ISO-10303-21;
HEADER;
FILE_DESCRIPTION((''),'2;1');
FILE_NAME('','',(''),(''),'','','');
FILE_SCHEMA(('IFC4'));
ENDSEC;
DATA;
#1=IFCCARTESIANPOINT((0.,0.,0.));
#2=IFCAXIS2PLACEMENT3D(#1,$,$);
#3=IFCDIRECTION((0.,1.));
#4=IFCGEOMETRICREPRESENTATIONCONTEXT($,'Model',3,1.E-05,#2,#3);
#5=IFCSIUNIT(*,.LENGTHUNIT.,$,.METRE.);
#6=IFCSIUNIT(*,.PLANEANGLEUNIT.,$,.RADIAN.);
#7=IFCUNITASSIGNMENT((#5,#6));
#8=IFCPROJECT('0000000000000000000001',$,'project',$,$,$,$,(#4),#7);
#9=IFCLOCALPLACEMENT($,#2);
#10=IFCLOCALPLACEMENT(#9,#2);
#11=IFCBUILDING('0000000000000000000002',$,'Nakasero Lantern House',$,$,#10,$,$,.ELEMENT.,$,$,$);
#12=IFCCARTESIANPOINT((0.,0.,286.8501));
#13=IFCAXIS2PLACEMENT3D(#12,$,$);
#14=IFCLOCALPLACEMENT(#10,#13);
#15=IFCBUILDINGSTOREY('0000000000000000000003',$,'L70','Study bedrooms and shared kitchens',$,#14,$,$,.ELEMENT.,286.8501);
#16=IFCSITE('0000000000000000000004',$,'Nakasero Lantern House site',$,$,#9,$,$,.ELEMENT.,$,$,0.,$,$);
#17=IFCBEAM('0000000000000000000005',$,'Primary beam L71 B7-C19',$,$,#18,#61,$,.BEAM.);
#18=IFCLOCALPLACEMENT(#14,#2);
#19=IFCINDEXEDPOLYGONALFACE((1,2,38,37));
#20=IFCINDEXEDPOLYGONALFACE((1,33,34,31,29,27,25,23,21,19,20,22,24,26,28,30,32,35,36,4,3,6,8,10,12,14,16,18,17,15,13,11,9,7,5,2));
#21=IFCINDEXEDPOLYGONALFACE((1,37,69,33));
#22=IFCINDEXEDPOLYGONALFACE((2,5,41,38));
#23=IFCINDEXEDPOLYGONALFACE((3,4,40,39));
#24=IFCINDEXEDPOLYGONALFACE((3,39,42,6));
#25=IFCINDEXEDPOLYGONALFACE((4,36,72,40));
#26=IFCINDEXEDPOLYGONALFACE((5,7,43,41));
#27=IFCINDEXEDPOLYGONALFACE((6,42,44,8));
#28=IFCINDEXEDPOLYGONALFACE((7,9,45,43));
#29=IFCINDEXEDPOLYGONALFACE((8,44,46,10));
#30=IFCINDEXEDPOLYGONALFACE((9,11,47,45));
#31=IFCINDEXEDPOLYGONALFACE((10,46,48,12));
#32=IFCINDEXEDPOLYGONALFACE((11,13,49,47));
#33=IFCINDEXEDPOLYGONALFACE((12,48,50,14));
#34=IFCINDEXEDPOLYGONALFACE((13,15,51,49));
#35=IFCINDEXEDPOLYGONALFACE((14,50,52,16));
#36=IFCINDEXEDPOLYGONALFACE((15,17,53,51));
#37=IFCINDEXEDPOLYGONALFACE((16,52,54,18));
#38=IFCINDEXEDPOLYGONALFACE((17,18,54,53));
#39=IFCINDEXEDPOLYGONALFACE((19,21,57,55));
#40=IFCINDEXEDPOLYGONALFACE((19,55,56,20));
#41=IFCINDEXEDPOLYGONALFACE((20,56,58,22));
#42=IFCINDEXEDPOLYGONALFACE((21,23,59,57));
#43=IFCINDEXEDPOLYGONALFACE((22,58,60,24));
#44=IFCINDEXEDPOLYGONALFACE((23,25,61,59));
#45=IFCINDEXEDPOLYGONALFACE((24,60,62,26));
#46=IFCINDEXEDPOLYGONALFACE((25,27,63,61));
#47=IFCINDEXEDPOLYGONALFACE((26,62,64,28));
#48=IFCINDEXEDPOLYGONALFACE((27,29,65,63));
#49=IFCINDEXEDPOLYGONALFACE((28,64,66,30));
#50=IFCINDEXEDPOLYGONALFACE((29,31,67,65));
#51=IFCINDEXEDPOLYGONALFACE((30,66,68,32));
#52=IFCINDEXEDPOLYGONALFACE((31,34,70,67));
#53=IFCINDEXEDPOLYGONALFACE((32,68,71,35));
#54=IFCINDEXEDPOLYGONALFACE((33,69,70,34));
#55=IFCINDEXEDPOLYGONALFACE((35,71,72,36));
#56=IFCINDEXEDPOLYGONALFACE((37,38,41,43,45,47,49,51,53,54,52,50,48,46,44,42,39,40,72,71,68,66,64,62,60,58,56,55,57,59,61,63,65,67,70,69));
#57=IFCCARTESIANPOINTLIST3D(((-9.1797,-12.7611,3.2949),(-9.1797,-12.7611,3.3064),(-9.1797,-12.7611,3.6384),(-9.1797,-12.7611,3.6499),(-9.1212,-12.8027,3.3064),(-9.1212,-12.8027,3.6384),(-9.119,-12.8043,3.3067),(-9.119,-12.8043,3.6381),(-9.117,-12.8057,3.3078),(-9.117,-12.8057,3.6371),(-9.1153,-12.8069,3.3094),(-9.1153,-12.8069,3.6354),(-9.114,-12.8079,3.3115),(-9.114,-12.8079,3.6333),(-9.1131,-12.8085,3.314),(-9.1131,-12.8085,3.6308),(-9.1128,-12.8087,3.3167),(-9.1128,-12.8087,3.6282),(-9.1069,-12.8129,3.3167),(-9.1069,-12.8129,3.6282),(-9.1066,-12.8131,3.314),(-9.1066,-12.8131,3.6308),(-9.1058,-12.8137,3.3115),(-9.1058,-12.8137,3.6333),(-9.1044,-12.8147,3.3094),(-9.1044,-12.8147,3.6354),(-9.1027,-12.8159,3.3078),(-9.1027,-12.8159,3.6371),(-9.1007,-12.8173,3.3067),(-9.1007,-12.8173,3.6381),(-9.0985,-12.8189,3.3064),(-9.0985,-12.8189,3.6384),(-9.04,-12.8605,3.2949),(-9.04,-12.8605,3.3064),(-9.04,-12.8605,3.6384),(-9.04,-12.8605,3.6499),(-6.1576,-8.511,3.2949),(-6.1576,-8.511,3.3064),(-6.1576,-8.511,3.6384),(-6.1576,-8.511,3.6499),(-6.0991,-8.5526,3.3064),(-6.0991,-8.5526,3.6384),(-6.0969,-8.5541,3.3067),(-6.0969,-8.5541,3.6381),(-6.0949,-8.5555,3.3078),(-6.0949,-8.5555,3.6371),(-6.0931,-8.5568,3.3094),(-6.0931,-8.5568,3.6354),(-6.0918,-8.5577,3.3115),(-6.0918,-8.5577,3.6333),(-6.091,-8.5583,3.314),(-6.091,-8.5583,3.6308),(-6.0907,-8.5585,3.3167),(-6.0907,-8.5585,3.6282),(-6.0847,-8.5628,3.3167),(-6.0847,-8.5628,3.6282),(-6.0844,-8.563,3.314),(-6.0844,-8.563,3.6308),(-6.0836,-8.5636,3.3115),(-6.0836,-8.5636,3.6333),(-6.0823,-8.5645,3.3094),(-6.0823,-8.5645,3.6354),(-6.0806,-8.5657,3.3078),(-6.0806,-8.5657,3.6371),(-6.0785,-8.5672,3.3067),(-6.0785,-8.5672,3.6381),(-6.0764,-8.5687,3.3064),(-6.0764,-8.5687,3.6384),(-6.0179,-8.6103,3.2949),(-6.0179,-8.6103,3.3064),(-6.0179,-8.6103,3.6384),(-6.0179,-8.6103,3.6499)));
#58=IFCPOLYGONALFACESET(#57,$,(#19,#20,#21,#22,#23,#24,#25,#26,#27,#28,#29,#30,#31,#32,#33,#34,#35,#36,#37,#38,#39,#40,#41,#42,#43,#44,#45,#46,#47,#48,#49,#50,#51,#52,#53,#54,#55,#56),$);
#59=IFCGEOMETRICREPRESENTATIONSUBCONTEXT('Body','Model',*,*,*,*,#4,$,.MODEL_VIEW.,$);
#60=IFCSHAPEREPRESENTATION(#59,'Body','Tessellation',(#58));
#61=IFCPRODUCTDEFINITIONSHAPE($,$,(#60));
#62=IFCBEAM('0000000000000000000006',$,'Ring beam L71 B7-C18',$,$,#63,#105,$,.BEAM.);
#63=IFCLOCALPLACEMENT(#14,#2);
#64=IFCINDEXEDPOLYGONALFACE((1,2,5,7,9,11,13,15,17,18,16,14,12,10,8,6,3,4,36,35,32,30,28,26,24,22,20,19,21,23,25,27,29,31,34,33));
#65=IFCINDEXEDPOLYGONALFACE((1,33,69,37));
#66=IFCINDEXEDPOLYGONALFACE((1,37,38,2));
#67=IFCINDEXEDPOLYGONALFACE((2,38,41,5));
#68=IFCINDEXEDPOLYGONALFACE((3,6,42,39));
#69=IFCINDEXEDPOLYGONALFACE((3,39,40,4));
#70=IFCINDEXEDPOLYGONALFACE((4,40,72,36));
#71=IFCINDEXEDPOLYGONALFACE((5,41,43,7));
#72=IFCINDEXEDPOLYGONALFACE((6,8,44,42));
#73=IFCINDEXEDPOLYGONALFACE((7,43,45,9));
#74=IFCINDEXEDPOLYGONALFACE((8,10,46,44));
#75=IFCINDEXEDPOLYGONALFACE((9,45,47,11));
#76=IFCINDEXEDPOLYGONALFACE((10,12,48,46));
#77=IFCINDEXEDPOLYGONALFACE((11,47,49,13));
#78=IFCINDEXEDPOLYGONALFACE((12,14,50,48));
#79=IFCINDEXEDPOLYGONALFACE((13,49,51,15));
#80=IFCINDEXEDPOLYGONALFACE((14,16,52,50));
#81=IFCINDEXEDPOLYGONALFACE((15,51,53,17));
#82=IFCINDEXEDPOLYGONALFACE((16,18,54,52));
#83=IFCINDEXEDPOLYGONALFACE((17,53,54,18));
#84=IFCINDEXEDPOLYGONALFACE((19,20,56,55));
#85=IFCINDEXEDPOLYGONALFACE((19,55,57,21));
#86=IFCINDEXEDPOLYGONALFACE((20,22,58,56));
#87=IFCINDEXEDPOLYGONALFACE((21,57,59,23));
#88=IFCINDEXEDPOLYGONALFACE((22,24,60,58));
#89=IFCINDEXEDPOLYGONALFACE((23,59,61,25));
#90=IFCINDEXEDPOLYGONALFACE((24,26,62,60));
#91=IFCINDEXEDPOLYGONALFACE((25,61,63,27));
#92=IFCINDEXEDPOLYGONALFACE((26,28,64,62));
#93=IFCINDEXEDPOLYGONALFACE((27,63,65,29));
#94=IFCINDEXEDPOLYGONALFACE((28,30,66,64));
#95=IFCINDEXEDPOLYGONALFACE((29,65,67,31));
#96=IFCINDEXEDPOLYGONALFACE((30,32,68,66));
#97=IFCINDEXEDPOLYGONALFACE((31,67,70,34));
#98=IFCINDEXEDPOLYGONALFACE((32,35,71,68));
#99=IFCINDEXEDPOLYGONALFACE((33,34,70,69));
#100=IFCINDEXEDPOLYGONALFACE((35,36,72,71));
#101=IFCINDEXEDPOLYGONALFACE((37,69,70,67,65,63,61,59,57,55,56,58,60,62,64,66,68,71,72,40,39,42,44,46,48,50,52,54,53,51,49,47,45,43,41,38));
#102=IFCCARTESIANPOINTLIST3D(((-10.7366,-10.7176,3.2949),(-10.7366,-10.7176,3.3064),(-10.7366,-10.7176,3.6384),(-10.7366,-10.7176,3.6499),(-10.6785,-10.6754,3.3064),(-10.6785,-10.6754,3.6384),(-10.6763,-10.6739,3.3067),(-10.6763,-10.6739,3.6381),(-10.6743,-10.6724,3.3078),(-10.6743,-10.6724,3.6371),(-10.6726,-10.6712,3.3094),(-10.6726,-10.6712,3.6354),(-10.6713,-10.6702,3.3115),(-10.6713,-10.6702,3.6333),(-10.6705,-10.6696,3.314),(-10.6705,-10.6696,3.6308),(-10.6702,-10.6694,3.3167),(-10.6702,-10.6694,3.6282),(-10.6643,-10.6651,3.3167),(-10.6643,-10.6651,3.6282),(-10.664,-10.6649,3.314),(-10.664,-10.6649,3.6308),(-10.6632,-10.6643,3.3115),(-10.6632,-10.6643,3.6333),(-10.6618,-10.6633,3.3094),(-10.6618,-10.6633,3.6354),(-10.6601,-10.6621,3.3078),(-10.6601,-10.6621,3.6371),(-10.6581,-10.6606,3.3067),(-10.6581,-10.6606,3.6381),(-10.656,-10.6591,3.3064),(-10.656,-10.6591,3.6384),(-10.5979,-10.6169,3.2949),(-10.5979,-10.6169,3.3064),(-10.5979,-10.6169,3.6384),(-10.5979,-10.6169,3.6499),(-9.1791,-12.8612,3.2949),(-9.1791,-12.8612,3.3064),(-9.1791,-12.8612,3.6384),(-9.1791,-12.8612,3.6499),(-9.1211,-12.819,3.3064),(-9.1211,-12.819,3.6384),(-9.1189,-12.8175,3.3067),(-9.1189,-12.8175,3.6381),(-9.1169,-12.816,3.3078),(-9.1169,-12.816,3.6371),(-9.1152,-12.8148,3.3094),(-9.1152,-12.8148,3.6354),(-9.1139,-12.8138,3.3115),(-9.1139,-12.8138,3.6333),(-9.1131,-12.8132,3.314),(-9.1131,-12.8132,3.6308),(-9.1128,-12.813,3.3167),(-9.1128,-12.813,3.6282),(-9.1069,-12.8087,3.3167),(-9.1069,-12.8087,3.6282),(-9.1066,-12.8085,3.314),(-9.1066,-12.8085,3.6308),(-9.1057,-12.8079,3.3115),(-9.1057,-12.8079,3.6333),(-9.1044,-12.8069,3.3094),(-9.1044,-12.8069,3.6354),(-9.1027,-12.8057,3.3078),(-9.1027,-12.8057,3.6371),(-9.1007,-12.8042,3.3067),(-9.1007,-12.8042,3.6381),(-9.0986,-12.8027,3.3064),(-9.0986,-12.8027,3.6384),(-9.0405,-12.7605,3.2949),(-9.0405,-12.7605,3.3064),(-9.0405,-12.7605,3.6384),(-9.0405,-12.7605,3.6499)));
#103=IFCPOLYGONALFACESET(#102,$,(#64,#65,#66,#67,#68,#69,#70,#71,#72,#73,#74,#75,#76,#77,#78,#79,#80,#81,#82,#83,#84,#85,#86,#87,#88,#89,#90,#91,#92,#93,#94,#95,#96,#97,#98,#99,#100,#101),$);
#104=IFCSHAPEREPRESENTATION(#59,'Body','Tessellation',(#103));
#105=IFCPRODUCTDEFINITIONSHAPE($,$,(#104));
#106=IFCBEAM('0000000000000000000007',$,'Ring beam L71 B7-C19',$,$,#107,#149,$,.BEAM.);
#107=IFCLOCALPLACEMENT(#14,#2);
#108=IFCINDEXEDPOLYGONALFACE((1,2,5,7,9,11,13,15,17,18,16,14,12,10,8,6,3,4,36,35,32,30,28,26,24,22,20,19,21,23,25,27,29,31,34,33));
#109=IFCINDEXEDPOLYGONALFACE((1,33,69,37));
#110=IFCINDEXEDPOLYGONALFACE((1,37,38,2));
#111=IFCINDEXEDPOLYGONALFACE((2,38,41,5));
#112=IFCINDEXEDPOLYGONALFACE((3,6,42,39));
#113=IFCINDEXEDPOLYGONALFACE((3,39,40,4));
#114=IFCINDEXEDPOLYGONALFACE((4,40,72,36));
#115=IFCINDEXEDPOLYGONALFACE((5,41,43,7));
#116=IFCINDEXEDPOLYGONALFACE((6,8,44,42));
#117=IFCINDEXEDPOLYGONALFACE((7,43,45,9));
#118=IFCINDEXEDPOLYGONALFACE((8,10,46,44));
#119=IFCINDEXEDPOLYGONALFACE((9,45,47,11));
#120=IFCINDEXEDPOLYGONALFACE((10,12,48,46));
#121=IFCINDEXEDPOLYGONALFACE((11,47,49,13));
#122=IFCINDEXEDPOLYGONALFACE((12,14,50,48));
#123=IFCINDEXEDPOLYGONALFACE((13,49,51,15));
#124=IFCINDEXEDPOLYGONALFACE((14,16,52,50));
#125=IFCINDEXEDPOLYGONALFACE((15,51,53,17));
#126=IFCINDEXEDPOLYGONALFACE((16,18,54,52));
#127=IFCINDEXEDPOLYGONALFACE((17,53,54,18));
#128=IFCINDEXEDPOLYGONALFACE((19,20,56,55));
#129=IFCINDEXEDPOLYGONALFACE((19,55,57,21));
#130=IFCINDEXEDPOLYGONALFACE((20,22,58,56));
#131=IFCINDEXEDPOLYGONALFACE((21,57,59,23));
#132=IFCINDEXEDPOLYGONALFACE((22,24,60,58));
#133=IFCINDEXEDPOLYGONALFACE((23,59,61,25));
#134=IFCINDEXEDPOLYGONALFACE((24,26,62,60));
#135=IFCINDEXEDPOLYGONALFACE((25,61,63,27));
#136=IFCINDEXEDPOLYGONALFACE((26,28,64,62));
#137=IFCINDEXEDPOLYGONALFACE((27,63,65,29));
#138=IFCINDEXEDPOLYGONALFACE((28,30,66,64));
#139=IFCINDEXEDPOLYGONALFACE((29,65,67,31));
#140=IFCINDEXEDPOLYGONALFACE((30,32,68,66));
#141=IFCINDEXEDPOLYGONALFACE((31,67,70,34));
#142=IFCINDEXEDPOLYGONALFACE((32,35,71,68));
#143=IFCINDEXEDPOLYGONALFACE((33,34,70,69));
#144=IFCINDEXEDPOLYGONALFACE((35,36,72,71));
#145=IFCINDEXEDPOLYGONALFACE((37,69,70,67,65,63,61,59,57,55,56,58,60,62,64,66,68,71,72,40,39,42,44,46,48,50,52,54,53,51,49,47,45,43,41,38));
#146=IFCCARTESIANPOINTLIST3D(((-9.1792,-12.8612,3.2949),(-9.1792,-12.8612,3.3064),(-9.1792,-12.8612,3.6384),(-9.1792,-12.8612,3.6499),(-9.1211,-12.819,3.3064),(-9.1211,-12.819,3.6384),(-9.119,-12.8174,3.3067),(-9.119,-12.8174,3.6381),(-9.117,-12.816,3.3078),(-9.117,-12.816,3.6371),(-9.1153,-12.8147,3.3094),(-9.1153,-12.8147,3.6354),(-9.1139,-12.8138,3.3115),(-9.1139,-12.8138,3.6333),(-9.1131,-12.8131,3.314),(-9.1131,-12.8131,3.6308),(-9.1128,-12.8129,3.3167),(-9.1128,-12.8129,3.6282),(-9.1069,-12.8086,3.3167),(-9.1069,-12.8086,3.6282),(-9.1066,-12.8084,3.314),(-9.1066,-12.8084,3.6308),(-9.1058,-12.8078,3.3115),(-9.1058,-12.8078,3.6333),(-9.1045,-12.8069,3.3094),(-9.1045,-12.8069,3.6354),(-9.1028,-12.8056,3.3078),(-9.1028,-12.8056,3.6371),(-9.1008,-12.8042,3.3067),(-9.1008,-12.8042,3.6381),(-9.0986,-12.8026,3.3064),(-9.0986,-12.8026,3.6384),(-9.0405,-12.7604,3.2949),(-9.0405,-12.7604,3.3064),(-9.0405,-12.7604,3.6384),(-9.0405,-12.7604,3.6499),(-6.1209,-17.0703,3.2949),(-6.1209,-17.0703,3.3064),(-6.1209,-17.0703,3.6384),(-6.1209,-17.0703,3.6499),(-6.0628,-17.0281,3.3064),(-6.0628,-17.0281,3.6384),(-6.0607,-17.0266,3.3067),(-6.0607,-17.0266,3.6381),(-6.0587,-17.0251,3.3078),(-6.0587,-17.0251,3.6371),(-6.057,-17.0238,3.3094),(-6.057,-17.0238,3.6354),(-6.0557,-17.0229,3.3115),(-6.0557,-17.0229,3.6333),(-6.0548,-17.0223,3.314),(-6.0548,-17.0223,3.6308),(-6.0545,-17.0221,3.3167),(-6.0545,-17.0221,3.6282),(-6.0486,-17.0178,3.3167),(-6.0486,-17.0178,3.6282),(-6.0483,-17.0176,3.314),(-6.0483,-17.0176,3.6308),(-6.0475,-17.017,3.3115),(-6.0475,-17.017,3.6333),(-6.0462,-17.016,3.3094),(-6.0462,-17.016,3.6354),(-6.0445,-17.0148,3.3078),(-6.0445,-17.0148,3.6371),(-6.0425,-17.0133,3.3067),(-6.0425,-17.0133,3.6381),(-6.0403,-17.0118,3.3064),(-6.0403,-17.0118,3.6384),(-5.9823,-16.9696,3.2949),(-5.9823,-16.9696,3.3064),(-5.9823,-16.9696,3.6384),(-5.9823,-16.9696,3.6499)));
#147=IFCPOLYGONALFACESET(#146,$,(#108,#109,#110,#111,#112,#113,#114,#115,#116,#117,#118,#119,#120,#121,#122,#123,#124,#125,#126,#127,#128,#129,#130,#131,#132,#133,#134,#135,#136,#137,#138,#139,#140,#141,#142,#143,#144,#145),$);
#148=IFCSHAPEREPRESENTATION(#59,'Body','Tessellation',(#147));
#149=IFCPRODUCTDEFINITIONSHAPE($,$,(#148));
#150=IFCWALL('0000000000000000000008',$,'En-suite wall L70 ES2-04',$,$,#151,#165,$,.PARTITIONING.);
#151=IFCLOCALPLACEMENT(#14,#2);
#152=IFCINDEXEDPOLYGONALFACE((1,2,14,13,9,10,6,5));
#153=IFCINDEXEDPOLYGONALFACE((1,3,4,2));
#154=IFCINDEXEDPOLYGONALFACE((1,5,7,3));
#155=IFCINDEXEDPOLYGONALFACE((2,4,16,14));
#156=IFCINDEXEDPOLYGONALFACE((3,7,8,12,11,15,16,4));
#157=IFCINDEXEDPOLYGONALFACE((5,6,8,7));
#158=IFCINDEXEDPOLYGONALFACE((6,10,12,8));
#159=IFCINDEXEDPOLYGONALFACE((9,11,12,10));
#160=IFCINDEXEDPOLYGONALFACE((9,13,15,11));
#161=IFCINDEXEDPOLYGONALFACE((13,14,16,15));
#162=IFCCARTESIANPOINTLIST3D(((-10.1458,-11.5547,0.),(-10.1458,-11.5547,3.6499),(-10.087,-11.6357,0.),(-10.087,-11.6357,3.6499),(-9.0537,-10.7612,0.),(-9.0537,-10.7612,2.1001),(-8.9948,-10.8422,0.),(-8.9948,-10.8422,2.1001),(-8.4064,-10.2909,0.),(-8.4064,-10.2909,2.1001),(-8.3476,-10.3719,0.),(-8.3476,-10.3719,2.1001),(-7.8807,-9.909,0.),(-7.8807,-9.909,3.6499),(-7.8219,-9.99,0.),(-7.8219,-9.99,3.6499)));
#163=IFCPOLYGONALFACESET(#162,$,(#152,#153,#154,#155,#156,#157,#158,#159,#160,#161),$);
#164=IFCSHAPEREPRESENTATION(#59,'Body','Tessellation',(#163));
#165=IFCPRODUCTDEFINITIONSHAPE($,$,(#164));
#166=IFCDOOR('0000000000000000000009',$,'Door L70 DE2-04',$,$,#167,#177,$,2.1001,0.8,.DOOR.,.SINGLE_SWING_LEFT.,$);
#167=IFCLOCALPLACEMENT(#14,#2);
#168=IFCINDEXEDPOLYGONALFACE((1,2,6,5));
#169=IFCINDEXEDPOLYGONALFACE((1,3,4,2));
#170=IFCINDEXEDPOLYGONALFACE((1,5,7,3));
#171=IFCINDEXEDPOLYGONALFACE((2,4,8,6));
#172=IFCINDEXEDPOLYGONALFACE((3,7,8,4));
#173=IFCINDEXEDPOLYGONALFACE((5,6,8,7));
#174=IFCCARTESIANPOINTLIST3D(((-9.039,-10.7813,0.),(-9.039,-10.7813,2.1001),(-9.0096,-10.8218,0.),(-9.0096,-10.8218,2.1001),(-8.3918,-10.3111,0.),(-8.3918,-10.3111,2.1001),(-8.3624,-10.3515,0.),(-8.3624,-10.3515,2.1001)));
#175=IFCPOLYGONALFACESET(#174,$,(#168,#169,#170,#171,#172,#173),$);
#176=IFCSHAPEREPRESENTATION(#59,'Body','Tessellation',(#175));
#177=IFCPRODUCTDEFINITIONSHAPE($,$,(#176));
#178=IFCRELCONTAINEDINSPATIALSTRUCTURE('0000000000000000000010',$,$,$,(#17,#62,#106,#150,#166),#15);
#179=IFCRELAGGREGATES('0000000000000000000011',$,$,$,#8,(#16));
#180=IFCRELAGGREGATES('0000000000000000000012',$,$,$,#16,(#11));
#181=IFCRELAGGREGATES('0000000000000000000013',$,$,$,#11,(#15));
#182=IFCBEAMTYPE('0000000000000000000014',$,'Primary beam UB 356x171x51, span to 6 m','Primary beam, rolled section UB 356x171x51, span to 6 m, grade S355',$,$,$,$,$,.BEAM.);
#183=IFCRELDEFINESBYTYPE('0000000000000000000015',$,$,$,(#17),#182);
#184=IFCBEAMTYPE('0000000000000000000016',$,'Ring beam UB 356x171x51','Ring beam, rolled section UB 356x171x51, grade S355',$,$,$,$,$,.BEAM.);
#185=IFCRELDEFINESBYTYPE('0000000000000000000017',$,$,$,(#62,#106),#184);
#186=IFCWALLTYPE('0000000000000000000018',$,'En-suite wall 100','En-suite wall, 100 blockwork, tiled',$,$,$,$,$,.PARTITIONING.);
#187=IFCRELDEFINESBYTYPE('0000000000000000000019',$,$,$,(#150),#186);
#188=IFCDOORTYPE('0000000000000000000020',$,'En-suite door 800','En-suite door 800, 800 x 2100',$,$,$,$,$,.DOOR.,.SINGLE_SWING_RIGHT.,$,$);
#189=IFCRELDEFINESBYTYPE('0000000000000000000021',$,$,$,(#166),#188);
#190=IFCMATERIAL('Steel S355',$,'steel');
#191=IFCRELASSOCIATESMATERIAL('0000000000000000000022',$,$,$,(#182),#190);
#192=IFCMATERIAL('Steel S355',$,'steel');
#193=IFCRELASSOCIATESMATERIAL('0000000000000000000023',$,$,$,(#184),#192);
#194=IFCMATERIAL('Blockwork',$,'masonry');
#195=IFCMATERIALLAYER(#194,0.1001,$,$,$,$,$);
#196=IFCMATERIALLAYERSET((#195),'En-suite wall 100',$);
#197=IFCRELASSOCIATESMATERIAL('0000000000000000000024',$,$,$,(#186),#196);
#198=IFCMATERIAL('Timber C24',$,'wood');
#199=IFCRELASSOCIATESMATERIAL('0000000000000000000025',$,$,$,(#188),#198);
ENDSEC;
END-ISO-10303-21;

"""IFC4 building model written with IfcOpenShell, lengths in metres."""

from ifc_helpers import new_model, si_unit, direction, frame, frame_2d, origin, origin_2d, place, context, subcontext, project, spatial, rectangle, i_section, extrude, material, layer, layer_set, material_profile, profile_set, type_object, element, fill, save


model = new_model("IFC4")

# Units and contexts
model_context = context("Model", 3, precision=1e-05, world=origin(), true_north=direction((0.0, 1.0)))
body_context = subcontext(model_context, "Body", "Model", "MODEL_VIEW")
ifc_project = project(units=[si_unit("LENGTHUNIT", "METRE"), si_unit("PLANEANGLEUNIT", "RADIAN")], contexts=[model_context])

# Site, building, storey
site_placement = place(None, origin())
site = spatial("IfcSite", under=ifc_project, at=site_placement, Name="Nakasero Lantern House site", CompositionType="ELEMENT", RefElevation=0.0)
building_placement = place(site_placement, origin())
building = spatial("IfcBuilding", under=site, at=building_placement, Name="Nakasero Lantern House", CompositionType="ELEMENT")
storey_placement = place(building_placement, frame((0.0, 0.0, 286.8501)))
storey = spatial("IfcBuildingStorey", under=building, at=storey_placement, Name="L70", Description="Study bedrooms and shared kitchens", CompositionType="ELEMENT", Elevation=286.8501)

# Beams
ifc_material_1 = material(Name="Steel S355", Category="steel")
ifc_material_profile_1 = material_profile(ifc_material_1, i_section(OverallWidth=0.1714, OverallDepth=0.355, WebThickness=0.0073, FlangeThickness=0.0115, FilletRadius=0.0103, at=origin_2d()), Name="UB 356x171x51")
ifc_profile_set_1 = profile_set([ifc_material_profile_1], Name="Steel S355")
beam_type_1 = type_object("IfcBeamType", Name="Primary beam UB 356x171x51, span to 6 m", Description="Primary beam, rolled section UB 356x171x51, span to 6 m, grade S355", PredefinedType="BEAM", material=ifc_profile_set_1)
beam_1_placement = place(storey_placement, frame((-9.1099, -12.8108, 3.4724), z_axis=(0.579501, 0.814972, 0.0), x_axis=(-0.814972, 0.579501, 0.0)))
element("IfcBeam", 1, at=beam_1_placement, inside=storey, type_object=beam_type_1, Name="Primary beam L71 B7-C19", PredefinedType="BEAM", context=body_context, shape_type="SweptSolid", body=[
    extrude(i_section(OverallWidth=0.1714, OverallDepth=0.355, WebThickness=0.0073, FlangeThickness=0.0115, FilletRadius=0.0103, at=origin_2d()), origin(), (0.0, 0.0, 1.0), 5.2151),
])
ifc_material_2 = material(Name="Steel S355", Category="steel")
ifc_material_profile_2 = material_profile(ifc_material_2, i_section(OverallWidth=0.1714, OverallDepth=0.355, WebThickness=0.0073, FlangeThickness=0.0115, FilletRadius=0.0103, at=origin_2d()), Name="UB 356x171x51")
ifc_profile_set_2 = profile_set([ifc_material_profile_2], Name="Steel S355")
beam_type_2 = type_object("IfcBeamType", Name="Ring beam UB 356x171x51", Description="Ring beam, rolled section UB 356x171x51, grade S355", PredefinedType="BEAM", material=ifc_profile_set_2)
beam_2_placement = place(storey_placement, frame((-10.6672, -10.6672, 3.4724), z_axis=(0.587783, -0.809019, 0.0), x_axis=(0.809019, 0.587783, 0.0)))
element("IfcBeam", 2, at=beam_2_placement, inside=storey, type_object=beam_type_2, Name="Ring beam L71 B7-C18", PredefinedType="BEAM", context=body_context, shape_type="SweptSolid", body=[
    extrude(i_section(OverallWidth=0.1714, OverallDepth=0.355, WebThickness=0.0073, FlangeThickness=0.0115, FilletRadius=0.0103, at=origin_2d()), origin(), (0.0, 0.0, 1.0), 2.6497),
])
beam_3_placement = place(storey_placement, frame((-9.1099, -12.8108, 3.4724), z_axis=(0.587806, -0.809002, 0.0), x_axis=(0.809002, 0.587806, 0.0)))
element("IfcBeam", 3, at=beam_3_placement, inside=storey, type_object=beam_type_2, Name="Ring beam L71 B7-C19", PredefinedType="BEAM", context=body_context, shape_type="SweptSolid", body=[
    extrude(i_section(OverallWidth=0.1714, OverallDepth=0.355, WebThickness=0.0073, FlangeThickness=0.0115, FilletRadius=0.0103, at=origin_2d()), origin(), (0.0, 0.0, 1.0), 5.2029),
])

# Wall, opening, door
ifc_material_3 = material(Name="Blockwork", Category="masonry")
ifc_layer_1 = layer(ifc_material_3, 0.1001)
ifc_layer_set_1 = layer_set([ifc_layer_1], Name="En-suite wall 100")
wall_type_1 = type_object("IfcWallType", Name="En-suite wall 100", Description="En-suite wall, 100 blockwork, tiled", PredefinedType="PARTITIONING", material=ifc_layer_set_1)
wall_1_placement = place(storey_placement, frame((-7.8513, -9.9495, 0.0), z_axis=(0.0, 0.0, 1.0), x_axis=(-0.809011, -0.587793, 0.0)))
wall_1 = element("IfcWall", 4, at=wall_1_placement, inside=storey, type_object=wall_type_1, Name="En-suite wall L70 ES2-04", PredefinedType="PARTITIONING", context=body_context, shape_type="SweptSolid", body=[
    extrude(rectangle(XDim=2.7998, YDim=0.1001, at=frame_2d((1.3999, 0.0))), origin(), (0.0, 0.0, 1.0), 3.6499),
])
opening_placement = place(wall_1_placement, frame((0.6499, 0.0, 0.0)))
opening = element("IfcOpeningElement", 5, at=opening_placement, cuts=wall_1, PredefinedType="OPENING", context=body_context, shape_type="SweptSolid", body=[
    extrude(rectangle(XDim=0.8, YDim=2.1001, at=frame_2d((0.3999, 1.05))), frame((0.0, 0.0701, 0.0), z_axis=(0.0, -1.0, 0.0), x_axis=(1.0, 0.0, 0.0)), (0.0, 0.0, 1.0), 0.1401),
])
ifc_material_4 = material(Name="Timber C24", Category="wood")
door_type = type_object("IfcDoorType", Name="En-suite door 800", Description="En-suite door 800, 800 x 2100", OperationType="SINGLE_SWING_RIGHT", PredefinedType="DOOR", material=ifc_material_4)
door_placement = place(opening_placement, origin())
door = element("IfcDoor", 6, at=door_placement, inside=storey, type_object=door_type, Name="Door L70 DE2-04", OperationType="SINGLE_SWING_LEFT", OverallHeight=2.1001, OverallWidth=0.8, PredefinedType="DOOR", context=body_context, shape_type="SweptSolid", body=[
    extrude(rectangle(XDim=0.8, YDim=2.1001, at=frame_2d((0.3999, 1.05))), frame((0.0, 0.0249, 0.0), z_axis=(0.0, -1.0, 0.0), x_axis=(1.0, 0.0, 0.0)), (0.0, 0.0, 1.0), 0.05),
])
fill(opening, door)

save(model, "model.ifc")
